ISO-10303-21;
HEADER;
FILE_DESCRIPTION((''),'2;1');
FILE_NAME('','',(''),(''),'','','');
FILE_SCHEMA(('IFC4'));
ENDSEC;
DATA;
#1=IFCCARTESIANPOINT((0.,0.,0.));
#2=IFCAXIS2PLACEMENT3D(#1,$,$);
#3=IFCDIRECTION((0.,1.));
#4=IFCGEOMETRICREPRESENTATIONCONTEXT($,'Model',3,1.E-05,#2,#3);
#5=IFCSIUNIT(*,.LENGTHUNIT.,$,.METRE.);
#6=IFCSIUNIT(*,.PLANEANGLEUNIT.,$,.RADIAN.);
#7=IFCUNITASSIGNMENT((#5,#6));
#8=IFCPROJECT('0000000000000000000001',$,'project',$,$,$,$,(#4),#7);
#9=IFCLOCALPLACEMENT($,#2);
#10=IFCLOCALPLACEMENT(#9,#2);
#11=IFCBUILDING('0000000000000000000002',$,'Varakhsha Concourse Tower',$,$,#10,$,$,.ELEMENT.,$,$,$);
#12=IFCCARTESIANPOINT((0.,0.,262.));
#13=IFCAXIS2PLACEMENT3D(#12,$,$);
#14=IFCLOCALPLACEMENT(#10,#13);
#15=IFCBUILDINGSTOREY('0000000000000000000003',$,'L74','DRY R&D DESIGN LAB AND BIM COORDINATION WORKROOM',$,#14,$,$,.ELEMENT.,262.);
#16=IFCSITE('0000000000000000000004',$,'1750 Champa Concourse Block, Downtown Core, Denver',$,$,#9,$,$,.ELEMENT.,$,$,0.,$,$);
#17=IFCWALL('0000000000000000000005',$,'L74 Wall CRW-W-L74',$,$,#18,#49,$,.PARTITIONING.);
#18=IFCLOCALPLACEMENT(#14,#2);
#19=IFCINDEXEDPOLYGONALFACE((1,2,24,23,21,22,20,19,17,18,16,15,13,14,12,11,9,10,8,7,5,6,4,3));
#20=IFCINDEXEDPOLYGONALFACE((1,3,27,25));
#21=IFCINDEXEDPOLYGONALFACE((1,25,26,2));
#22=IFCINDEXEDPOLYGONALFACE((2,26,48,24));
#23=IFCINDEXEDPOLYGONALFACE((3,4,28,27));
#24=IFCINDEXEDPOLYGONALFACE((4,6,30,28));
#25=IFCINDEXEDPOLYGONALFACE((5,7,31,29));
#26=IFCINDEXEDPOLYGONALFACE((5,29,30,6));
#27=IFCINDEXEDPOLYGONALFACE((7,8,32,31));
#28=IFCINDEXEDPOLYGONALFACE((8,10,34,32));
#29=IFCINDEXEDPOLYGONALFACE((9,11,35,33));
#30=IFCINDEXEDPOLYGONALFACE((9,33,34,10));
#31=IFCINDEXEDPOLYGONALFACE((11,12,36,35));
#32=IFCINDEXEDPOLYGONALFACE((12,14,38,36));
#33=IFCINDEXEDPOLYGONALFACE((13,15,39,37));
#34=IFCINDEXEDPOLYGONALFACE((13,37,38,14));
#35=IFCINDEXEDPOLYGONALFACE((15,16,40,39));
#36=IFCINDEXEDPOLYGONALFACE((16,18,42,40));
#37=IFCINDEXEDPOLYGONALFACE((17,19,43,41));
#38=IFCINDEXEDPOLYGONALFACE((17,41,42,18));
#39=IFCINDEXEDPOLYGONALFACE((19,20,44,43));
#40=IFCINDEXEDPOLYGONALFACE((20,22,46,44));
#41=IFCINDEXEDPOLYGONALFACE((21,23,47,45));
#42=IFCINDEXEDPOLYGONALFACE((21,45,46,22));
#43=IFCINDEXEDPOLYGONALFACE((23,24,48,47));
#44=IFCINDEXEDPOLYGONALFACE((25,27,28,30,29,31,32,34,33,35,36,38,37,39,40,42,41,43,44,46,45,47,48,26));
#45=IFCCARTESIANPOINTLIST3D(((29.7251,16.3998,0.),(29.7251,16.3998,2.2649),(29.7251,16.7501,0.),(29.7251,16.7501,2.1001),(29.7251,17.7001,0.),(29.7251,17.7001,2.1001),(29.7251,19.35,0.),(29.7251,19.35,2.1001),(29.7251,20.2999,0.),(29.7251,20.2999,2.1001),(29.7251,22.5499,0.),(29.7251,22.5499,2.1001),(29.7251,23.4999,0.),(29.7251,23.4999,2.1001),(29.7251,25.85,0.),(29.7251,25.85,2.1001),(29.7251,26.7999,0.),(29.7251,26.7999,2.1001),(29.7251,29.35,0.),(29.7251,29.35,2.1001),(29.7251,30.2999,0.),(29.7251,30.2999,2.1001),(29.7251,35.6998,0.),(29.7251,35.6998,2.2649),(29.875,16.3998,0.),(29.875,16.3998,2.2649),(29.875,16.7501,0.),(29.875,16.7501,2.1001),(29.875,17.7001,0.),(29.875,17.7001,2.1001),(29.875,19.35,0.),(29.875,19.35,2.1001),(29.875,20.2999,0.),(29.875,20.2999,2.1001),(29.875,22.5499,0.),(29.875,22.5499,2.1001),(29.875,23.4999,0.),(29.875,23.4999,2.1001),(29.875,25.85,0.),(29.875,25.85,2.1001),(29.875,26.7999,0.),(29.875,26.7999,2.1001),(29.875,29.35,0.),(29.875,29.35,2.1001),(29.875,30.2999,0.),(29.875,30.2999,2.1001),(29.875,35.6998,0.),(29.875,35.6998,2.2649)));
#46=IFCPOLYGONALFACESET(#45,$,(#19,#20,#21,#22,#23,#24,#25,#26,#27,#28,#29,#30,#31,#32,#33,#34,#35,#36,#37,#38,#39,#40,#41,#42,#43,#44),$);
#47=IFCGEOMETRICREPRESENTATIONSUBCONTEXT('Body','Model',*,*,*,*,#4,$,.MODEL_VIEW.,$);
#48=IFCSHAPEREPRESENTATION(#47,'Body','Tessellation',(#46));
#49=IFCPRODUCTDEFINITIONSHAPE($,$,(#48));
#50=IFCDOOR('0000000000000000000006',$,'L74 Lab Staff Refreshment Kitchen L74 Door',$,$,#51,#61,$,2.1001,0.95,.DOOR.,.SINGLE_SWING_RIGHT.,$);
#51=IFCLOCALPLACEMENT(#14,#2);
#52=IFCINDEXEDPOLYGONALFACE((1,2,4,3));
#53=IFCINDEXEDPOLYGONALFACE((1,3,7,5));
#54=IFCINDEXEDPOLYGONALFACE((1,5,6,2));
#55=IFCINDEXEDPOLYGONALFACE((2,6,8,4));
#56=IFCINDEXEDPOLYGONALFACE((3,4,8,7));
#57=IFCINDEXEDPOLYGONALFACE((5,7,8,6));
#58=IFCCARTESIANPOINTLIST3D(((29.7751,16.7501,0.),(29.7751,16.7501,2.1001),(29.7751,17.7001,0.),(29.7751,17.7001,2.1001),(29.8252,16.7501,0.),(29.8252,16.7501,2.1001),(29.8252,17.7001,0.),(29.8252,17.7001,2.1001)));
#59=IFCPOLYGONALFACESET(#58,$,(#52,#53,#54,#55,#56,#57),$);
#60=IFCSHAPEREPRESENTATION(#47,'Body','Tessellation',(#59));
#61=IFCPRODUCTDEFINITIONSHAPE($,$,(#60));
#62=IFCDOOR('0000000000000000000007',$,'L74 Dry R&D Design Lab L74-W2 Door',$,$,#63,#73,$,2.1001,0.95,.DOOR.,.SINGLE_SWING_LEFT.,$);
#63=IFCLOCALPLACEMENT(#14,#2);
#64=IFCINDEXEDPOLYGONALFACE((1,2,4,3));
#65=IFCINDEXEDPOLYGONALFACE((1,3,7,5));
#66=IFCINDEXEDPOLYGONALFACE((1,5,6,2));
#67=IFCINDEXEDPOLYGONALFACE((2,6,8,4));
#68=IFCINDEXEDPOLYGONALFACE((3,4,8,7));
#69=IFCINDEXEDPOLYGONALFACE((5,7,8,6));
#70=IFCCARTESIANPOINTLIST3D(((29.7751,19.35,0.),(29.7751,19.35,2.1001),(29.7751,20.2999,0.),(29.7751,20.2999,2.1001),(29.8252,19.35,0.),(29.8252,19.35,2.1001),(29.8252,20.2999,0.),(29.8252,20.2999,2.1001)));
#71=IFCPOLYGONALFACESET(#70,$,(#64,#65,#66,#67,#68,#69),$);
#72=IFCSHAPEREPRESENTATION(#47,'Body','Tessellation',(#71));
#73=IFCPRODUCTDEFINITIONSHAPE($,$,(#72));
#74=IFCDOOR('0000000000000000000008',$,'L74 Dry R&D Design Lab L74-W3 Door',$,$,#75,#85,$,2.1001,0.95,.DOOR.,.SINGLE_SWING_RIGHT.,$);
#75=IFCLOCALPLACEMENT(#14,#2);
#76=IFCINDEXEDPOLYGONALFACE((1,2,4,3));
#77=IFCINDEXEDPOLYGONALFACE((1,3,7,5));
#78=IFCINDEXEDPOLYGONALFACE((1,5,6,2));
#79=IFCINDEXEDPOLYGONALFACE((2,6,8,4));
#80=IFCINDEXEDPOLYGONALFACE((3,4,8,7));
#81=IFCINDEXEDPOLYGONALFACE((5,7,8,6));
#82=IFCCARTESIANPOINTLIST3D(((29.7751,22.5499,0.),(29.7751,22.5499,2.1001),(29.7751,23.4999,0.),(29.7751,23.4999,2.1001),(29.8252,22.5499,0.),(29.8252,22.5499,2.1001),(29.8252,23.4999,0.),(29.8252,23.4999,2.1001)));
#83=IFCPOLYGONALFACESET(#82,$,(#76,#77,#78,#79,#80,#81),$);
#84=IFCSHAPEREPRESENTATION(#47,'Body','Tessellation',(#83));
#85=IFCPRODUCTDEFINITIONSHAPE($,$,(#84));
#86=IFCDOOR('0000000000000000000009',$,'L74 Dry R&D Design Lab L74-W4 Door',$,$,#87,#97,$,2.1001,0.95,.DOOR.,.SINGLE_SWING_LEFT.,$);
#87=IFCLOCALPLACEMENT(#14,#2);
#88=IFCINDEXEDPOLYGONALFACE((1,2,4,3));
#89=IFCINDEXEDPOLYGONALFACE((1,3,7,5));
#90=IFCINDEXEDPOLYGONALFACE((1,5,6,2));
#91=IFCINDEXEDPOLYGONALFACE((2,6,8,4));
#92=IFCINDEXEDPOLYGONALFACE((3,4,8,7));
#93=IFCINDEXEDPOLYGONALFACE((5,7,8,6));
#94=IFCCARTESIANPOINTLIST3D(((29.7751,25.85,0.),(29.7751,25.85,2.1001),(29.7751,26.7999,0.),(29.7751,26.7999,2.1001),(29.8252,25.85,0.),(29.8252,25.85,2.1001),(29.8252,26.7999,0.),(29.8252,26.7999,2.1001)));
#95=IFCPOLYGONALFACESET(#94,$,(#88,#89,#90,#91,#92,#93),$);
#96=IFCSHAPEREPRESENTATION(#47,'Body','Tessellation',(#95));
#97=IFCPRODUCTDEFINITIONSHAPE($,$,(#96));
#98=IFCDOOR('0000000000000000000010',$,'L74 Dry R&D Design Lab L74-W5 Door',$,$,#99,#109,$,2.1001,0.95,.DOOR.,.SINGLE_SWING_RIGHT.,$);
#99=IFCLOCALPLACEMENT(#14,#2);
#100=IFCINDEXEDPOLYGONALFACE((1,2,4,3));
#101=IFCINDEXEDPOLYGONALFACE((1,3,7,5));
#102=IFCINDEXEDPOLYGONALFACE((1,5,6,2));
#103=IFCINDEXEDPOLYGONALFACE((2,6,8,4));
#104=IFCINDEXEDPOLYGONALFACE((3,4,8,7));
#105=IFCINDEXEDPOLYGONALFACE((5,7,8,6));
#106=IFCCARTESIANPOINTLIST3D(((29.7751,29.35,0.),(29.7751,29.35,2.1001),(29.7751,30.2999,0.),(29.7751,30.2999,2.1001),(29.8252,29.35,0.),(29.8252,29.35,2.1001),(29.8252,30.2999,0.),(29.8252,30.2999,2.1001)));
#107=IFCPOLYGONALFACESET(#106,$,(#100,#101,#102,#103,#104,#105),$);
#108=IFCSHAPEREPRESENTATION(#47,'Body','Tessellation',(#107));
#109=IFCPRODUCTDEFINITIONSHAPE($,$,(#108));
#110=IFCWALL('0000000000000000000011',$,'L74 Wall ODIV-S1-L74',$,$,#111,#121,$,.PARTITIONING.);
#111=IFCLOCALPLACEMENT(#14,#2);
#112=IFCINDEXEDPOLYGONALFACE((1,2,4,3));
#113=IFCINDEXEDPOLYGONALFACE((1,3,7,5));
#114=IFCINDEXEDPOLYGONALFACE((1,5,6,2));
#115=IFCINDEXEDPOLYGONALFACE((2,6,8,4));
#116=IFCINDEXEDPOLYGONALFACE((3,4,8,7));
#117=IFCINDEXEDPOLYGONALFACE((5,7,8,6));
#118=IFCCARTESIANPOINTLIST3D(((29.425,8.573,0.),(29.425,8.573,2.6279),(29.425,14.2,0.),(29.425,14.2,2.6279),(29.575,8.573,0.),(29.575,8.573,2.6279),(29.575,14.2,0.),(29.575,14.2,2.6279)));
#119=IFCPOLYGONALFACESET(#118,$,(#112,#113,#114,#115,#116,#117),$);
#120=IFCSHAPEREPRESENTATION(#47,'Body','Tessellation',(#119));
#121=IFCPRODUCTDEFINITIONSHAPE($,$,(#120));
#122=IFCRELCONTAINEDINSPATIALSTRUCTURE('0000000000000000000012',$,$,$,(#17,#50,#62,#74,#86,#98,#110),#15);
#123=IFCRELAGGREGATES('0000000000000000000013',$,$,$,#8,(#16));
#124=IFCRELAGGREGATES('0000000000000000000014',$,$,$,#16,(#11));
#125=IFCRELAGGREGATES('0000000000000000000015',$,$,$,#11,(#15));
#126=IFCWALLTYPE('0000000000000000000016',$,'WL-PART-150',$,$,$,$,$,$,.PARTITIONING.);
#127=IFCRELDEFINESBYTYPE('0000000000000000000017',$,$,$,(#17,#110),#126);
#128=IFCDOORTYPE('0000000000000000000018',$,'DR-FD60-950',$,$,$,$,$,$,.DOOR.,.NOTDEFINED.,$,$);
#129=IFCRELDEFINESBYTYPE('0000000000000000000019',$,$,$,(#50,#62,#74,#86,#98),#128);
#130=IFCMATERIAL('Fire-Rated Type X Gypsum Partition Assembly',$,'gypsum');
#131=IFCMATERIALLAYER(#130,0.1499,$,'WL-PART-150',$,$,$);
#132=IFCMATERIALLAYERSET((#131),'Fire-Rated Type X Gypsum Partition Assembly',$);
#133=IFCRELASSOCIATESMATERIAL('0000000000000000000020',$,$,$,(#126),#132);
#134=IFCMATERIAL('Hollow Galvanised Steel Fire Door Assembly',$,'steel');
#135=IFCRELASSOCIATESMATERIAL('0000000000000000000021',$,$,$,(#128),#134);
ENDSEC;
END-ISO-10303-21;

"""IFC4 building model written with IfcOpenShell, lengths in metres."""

from ifc_helpers import new_model, si_unit, direction, frame, frame_2d, origin, place, context, subcontext, project, spatial, rectangle, extrude, material, layer, layer_set, type_object, element, fill, save


model = new_model("IFC4")

# Units and contexts
model_context = context("Model", 3, precision=1e-05, world=origin(), true_north=direction((0.0, 1.0)))
body_context = subcontext(model_context, "Body", "Model", "MODEL_VIEW")
ifc_project = project(units=[si_unit("LENGTHUNIT", "METRE"), si_unit("PLANEANGLEUNIT", "RADIAN")], contexts=[model_context])

# Site, building, storey
site_placement = place(None, origin())
site = spatial("IfcSite", under=ifc_project, at=site_placement, Name="1750 Champa Concourse Block, Downtown Core, Denver", CompositionType="ELEMENT", RefElevation=0.0)
building_placement = place(site_placement, origin())
building = spatial("IfcBuilding", under=site, at=building_placement, Name="Varakhsha Concourse Tower", CompositionType="ELEMENT")
storey_placement = place(building_placement, frame((0.0, 0.0, 262.0)))
storey = spatial("IfcBuildingStorey", under=building, at=storey_placement, Name="L74", Description="DRY R&D DESIGN LAB AND BIM COORDINATION WORKROOM", CompositionType="ELEMENT", Elevation=262.0)

# Wall, openings, doors
ifc_material_1 = material(Name="Fire-Rated Type X Gypsum Partition Assembly", Category="gypsum")
ifc_layer_1 = layer(ifc_material_1, 0.1499, Name="WL-PART-150")
ifc_layer_set_1 = layer_set([ifc_layer_1], Name="Fire-Rated Type X Gypsum Partition Assembly")
wall_type = type_object("IfcWallType", Name="WL-PART-150", PredefinedType="PARTITIONING", material=ifc_layer_set_1)
wall_1_placement = place(storey_placement, frame((29.8, 16.3999, 0.0), z_axis=(0.0, 0.0, 1.0), x_axis=(0.0, 1.0, 0.0)))
wall_1 = element("IfcWall", 1, at=wall_1_placement, inside=storey, type_object=wall_type, Name="L74 Wall CRW-W-L74", PredefinedType="PARTITIONING", context=body_context, shape_type="SweptSolid", body=[
    extrude(rectangle(XDim=19.3, YDim=0.1499, at=frame_2d((9.6499, 0.0))), origin(), (0.0, 0.0, 1.0), 2.2649),
])
opening_1_placement = place(wall_1_placement, frame((0.3501, 0.0, 0.0)))
opening_1 = element("IfcOpeningElement", 2, at=opening_1_placement, cuts=wall_1, PredefinedType="OPENING", context=body_context, shape_type="SweptSolid", body=[
    extrude(rectangle(XDim=0.95, YDim=2.1001, at=frame_2d((0.4751, 1.05))), frame((0.0, 0.085, 0.0), z_axis=(0.0, -1.0, 0.0), x_axis=(1.0, 0.0, 0.0)), (0.0, 0.0, 1.0), 0.1699),
])
opening_2_placement = place(wall_1_placement, frame((2.95, 0.0, 0.0)))
opening_2 = element("IfcOpeningElement", 3, at=opening_2_placement, cuts=wall_1, PredefinedType="OPENING", context=body_context, shape_type="SweptSolid", body=[
    extrude(rectangle(XDim=0.95, YDim=2.1001, at=frame_2d((0.4751, 1.05))), frame((0.0, 0.085, 0.0), z_axis=(0.0, -1.0, 0.0), x_axis=(1.0, 0.0, 0.0)), (0.0, 0.0, 1.0), 0.1699),
])
opening_3_placement = place(wall_1_placement, frame((6.1499, 0.0, 0.0)))
opening_3 = element("IfcOpeningElement", 4, at=opening_3_placement, cuts=wall_1, PredefinedType="OPENING", context=body_context, shape_type="SweptSolid", body=[
    extrude(rectangle(XDim=0.95, YDim=2.1001, at=frame_2d((0.4751, 1.05))), frame((0.0, 0.085, 0.0), z_axis=(0.0, -1.0, 0.0), x_axis=(1.0, 0.0, 0.0)), (0.0, 0.0, 1.0), 0.1699),
])
opening_4_placement = place(wall_1_placement, frame((9.45, 0.0, 0.0)))
opening_4 = element("IfcOpeningElement", 5, at=opening_4_placement, cuts=wall_1, PredefinedType="OPENING", context=body_context, shape_type="SweptSolid", body=[
    extrude(rectangle(XDim=0.95, YDim=2.1001, at=frame_2d((0.4751, 1.05))), frame((0.0, 0.085, 0.0), z_axis=(0.0, -1.0, 0.0), x_axis=(1.0, 0.0, 0.0)), (0.0, 0.0, 1.0), 0.1699),
])
opening_5_placement = place(wall_1_placement, frame((12.95, 0.0, 0.0)))
opening_5 = element("IfcOpeningElement", 6, at=opening_5_placement, cuts=wall_1, PredefinedType="OPENING", context=body_context, shape_type="SweptSolid", body=[
    extrude(rectangle(XDim=0.95, YDim=2.1001, at=frame_2d((0.4751, 1.05))), frame((0.0, 0.085, 0.0), z_axis=(0.0, -1.0, 0.0), x_axis=(1.0, 0.0, 0.0)), (0.0, 0.0, 1.0), 0.1699),
])
ifc_material_2 = material(Name="Hollow Galvanised Steel Fire Door Assembly", Category="steel")
door_type = type_object("IfcDoorType", Name="DR-FD60-950", OperationType="NOTDEFINED", PredefinedType="DOOR", material=ifc_material_2)
door_1_placement = place(opening_1_placement, origin())
door_1 = element("IfcDoor", 7, at=door_1_placement, inside=storey, type_object=door_type, Name="L74 Lab Staff Refreshment Kitchen L74 Door", OperationType="SINGLE_SWING_RIGHT", OverallHeight=2.1001, OverallWidth=0.95, PredefinedType="DOOR", context=body_context, shape_type="SweptSolid", body=[
    extrude(rectangle(XDim=0.95, YDim=2.1001, at=frame_2d((0.4751, 1.05))), frame((0.0, 0.0249, 0.0), z_axis=(0.0, -1.0, 0.0), x_axis=(1.0, 0.0, 0.0)), (0.0, 0.0, 1.0), 0.05),
])
fill(opening_1, door_1)
door_2_placement = place(opening_2_placement, origin())
door_2 = element("IfcDoor", 8, at=door_2_placement, inside=storey, type_object=door_type, Name="L74 Dry R&D Design Lab L74-W2 Door", OperationType="SINGLE_SWING_LEFT", OverallHeight=2.1001, OverallWidth=0.95, PredefinedType="DOOR", context=body_context, shape_type="SweptSolid", body=[
    extrude(rectangle(XDim=0.95, YDim=2.1001, at=frame_2d((0.4751, 1.05))), frame((0.0, 0.0249, 0.0), z_axis=(0.0, -1.0, 0.0), x_axis=(1.0, 0.0, 0.0)), (0.0, 0.0, 1.0), 0.05),
])
fill(opening_2, door_2)
door_3_placement = place(opening_3_placement, origin())
door_3 = element("IfcDoor", 9, at=door_3_placement, inside=storey, type_object=door_type, Name="L74 Dry R&D Design Lab L74-W3 Door", OperationType="SINGLE_SWING_RIGHT", OverallHeight=2.1001, OverallWidth=0.95, PredefinedType="DOOR", context=body_context, shape_type="SweptSolid", body=[
    extrude(rectangle(XDim=0.95, YDim=2.1001, at=frame_2d((0.4751, 1.05))), frame((0.0, 0.0249, 0.0), z_axis=(0.0, -1.0, 0.0), x_axis=(1.0, 0.0, 0.0)), (0.0, 0.0, 1.0), 0.05),
])
fill(opening_3, door_3)
door_4_placement = place(opening_4_placement, origin())
door_4 = element("IfcDoor", 10, at=door_4_placement, inside=storey, type_object=door_type, Name="L74 Dry R&D Design Lab L74-W4 Door", OperationType="SINGLE_SWING_LEFT", OverallHeight=2.1001, OverallWidth=0.95, PredefinedType="DOOR", context=body_context, shape_type="SweptSolid", body=[
    extrude(rectangle(XDim=0.95, YDim=2.1001, at=frame_2d((0.4751, 1.05))), frame((0.0, 0.0249, 0.0), z_axis=(0.0, -1.0, 0.0), x_axis=(1.0, 0.0, 0.0)), (0.0, 0.0, 1.0), 0.05),
])
fill(opening_4, door_4)
door_5_placement = place(opening_5_placement, origin())
door_5 = element("IfcDoor", 11, at=door_5_placement, inside=storey, type_object=door_type, Name="L74 Dry R&D Design Lab L74-W5 Door", OperationType="SINGLE_SWING_RIGHT", OverallHeight=2.1001, OverallWidth=0.95, PredefinedType="DOOR", context=body_context, shape_type="SweptSolid", body=[
    extrude(rectangle(XDim=0.95, YDim=2.1001, at=frame_2d((0.4751, 1.05))), frame((0.0, 0.0249, 0.0), z_axis=(0.0, -1.0, 0.0), x_axis=(1.0, 0.0, 0.0)), (0.0, 0.0, 1.0), 0.05),
])
fill(opening_5, door_5)

# Wall
wall_2_placement = place(storey_placement, frame((29.5, 8.573, 0.0), z_axis=(0.0, 0.0, 1.0), x_axis=(0.0, 1.0, 0.0)))
element("IfcWall", 12, at=wall_2_placement, inside=storey, type_object=wall_type, Name="L74 Wall ODIV-S1-L74", PredefinedType="PARTITIONING", context=body_context, shape_type="SweptSolid", body=[
    extrude(rectangle(XDim=5.627, YDim=0.1499, at=frame_2d((2.8135, 0.0))), origin(), (0.0, 0.0, 1.0), 2.6279),
])

save(model, "model.ifc")
